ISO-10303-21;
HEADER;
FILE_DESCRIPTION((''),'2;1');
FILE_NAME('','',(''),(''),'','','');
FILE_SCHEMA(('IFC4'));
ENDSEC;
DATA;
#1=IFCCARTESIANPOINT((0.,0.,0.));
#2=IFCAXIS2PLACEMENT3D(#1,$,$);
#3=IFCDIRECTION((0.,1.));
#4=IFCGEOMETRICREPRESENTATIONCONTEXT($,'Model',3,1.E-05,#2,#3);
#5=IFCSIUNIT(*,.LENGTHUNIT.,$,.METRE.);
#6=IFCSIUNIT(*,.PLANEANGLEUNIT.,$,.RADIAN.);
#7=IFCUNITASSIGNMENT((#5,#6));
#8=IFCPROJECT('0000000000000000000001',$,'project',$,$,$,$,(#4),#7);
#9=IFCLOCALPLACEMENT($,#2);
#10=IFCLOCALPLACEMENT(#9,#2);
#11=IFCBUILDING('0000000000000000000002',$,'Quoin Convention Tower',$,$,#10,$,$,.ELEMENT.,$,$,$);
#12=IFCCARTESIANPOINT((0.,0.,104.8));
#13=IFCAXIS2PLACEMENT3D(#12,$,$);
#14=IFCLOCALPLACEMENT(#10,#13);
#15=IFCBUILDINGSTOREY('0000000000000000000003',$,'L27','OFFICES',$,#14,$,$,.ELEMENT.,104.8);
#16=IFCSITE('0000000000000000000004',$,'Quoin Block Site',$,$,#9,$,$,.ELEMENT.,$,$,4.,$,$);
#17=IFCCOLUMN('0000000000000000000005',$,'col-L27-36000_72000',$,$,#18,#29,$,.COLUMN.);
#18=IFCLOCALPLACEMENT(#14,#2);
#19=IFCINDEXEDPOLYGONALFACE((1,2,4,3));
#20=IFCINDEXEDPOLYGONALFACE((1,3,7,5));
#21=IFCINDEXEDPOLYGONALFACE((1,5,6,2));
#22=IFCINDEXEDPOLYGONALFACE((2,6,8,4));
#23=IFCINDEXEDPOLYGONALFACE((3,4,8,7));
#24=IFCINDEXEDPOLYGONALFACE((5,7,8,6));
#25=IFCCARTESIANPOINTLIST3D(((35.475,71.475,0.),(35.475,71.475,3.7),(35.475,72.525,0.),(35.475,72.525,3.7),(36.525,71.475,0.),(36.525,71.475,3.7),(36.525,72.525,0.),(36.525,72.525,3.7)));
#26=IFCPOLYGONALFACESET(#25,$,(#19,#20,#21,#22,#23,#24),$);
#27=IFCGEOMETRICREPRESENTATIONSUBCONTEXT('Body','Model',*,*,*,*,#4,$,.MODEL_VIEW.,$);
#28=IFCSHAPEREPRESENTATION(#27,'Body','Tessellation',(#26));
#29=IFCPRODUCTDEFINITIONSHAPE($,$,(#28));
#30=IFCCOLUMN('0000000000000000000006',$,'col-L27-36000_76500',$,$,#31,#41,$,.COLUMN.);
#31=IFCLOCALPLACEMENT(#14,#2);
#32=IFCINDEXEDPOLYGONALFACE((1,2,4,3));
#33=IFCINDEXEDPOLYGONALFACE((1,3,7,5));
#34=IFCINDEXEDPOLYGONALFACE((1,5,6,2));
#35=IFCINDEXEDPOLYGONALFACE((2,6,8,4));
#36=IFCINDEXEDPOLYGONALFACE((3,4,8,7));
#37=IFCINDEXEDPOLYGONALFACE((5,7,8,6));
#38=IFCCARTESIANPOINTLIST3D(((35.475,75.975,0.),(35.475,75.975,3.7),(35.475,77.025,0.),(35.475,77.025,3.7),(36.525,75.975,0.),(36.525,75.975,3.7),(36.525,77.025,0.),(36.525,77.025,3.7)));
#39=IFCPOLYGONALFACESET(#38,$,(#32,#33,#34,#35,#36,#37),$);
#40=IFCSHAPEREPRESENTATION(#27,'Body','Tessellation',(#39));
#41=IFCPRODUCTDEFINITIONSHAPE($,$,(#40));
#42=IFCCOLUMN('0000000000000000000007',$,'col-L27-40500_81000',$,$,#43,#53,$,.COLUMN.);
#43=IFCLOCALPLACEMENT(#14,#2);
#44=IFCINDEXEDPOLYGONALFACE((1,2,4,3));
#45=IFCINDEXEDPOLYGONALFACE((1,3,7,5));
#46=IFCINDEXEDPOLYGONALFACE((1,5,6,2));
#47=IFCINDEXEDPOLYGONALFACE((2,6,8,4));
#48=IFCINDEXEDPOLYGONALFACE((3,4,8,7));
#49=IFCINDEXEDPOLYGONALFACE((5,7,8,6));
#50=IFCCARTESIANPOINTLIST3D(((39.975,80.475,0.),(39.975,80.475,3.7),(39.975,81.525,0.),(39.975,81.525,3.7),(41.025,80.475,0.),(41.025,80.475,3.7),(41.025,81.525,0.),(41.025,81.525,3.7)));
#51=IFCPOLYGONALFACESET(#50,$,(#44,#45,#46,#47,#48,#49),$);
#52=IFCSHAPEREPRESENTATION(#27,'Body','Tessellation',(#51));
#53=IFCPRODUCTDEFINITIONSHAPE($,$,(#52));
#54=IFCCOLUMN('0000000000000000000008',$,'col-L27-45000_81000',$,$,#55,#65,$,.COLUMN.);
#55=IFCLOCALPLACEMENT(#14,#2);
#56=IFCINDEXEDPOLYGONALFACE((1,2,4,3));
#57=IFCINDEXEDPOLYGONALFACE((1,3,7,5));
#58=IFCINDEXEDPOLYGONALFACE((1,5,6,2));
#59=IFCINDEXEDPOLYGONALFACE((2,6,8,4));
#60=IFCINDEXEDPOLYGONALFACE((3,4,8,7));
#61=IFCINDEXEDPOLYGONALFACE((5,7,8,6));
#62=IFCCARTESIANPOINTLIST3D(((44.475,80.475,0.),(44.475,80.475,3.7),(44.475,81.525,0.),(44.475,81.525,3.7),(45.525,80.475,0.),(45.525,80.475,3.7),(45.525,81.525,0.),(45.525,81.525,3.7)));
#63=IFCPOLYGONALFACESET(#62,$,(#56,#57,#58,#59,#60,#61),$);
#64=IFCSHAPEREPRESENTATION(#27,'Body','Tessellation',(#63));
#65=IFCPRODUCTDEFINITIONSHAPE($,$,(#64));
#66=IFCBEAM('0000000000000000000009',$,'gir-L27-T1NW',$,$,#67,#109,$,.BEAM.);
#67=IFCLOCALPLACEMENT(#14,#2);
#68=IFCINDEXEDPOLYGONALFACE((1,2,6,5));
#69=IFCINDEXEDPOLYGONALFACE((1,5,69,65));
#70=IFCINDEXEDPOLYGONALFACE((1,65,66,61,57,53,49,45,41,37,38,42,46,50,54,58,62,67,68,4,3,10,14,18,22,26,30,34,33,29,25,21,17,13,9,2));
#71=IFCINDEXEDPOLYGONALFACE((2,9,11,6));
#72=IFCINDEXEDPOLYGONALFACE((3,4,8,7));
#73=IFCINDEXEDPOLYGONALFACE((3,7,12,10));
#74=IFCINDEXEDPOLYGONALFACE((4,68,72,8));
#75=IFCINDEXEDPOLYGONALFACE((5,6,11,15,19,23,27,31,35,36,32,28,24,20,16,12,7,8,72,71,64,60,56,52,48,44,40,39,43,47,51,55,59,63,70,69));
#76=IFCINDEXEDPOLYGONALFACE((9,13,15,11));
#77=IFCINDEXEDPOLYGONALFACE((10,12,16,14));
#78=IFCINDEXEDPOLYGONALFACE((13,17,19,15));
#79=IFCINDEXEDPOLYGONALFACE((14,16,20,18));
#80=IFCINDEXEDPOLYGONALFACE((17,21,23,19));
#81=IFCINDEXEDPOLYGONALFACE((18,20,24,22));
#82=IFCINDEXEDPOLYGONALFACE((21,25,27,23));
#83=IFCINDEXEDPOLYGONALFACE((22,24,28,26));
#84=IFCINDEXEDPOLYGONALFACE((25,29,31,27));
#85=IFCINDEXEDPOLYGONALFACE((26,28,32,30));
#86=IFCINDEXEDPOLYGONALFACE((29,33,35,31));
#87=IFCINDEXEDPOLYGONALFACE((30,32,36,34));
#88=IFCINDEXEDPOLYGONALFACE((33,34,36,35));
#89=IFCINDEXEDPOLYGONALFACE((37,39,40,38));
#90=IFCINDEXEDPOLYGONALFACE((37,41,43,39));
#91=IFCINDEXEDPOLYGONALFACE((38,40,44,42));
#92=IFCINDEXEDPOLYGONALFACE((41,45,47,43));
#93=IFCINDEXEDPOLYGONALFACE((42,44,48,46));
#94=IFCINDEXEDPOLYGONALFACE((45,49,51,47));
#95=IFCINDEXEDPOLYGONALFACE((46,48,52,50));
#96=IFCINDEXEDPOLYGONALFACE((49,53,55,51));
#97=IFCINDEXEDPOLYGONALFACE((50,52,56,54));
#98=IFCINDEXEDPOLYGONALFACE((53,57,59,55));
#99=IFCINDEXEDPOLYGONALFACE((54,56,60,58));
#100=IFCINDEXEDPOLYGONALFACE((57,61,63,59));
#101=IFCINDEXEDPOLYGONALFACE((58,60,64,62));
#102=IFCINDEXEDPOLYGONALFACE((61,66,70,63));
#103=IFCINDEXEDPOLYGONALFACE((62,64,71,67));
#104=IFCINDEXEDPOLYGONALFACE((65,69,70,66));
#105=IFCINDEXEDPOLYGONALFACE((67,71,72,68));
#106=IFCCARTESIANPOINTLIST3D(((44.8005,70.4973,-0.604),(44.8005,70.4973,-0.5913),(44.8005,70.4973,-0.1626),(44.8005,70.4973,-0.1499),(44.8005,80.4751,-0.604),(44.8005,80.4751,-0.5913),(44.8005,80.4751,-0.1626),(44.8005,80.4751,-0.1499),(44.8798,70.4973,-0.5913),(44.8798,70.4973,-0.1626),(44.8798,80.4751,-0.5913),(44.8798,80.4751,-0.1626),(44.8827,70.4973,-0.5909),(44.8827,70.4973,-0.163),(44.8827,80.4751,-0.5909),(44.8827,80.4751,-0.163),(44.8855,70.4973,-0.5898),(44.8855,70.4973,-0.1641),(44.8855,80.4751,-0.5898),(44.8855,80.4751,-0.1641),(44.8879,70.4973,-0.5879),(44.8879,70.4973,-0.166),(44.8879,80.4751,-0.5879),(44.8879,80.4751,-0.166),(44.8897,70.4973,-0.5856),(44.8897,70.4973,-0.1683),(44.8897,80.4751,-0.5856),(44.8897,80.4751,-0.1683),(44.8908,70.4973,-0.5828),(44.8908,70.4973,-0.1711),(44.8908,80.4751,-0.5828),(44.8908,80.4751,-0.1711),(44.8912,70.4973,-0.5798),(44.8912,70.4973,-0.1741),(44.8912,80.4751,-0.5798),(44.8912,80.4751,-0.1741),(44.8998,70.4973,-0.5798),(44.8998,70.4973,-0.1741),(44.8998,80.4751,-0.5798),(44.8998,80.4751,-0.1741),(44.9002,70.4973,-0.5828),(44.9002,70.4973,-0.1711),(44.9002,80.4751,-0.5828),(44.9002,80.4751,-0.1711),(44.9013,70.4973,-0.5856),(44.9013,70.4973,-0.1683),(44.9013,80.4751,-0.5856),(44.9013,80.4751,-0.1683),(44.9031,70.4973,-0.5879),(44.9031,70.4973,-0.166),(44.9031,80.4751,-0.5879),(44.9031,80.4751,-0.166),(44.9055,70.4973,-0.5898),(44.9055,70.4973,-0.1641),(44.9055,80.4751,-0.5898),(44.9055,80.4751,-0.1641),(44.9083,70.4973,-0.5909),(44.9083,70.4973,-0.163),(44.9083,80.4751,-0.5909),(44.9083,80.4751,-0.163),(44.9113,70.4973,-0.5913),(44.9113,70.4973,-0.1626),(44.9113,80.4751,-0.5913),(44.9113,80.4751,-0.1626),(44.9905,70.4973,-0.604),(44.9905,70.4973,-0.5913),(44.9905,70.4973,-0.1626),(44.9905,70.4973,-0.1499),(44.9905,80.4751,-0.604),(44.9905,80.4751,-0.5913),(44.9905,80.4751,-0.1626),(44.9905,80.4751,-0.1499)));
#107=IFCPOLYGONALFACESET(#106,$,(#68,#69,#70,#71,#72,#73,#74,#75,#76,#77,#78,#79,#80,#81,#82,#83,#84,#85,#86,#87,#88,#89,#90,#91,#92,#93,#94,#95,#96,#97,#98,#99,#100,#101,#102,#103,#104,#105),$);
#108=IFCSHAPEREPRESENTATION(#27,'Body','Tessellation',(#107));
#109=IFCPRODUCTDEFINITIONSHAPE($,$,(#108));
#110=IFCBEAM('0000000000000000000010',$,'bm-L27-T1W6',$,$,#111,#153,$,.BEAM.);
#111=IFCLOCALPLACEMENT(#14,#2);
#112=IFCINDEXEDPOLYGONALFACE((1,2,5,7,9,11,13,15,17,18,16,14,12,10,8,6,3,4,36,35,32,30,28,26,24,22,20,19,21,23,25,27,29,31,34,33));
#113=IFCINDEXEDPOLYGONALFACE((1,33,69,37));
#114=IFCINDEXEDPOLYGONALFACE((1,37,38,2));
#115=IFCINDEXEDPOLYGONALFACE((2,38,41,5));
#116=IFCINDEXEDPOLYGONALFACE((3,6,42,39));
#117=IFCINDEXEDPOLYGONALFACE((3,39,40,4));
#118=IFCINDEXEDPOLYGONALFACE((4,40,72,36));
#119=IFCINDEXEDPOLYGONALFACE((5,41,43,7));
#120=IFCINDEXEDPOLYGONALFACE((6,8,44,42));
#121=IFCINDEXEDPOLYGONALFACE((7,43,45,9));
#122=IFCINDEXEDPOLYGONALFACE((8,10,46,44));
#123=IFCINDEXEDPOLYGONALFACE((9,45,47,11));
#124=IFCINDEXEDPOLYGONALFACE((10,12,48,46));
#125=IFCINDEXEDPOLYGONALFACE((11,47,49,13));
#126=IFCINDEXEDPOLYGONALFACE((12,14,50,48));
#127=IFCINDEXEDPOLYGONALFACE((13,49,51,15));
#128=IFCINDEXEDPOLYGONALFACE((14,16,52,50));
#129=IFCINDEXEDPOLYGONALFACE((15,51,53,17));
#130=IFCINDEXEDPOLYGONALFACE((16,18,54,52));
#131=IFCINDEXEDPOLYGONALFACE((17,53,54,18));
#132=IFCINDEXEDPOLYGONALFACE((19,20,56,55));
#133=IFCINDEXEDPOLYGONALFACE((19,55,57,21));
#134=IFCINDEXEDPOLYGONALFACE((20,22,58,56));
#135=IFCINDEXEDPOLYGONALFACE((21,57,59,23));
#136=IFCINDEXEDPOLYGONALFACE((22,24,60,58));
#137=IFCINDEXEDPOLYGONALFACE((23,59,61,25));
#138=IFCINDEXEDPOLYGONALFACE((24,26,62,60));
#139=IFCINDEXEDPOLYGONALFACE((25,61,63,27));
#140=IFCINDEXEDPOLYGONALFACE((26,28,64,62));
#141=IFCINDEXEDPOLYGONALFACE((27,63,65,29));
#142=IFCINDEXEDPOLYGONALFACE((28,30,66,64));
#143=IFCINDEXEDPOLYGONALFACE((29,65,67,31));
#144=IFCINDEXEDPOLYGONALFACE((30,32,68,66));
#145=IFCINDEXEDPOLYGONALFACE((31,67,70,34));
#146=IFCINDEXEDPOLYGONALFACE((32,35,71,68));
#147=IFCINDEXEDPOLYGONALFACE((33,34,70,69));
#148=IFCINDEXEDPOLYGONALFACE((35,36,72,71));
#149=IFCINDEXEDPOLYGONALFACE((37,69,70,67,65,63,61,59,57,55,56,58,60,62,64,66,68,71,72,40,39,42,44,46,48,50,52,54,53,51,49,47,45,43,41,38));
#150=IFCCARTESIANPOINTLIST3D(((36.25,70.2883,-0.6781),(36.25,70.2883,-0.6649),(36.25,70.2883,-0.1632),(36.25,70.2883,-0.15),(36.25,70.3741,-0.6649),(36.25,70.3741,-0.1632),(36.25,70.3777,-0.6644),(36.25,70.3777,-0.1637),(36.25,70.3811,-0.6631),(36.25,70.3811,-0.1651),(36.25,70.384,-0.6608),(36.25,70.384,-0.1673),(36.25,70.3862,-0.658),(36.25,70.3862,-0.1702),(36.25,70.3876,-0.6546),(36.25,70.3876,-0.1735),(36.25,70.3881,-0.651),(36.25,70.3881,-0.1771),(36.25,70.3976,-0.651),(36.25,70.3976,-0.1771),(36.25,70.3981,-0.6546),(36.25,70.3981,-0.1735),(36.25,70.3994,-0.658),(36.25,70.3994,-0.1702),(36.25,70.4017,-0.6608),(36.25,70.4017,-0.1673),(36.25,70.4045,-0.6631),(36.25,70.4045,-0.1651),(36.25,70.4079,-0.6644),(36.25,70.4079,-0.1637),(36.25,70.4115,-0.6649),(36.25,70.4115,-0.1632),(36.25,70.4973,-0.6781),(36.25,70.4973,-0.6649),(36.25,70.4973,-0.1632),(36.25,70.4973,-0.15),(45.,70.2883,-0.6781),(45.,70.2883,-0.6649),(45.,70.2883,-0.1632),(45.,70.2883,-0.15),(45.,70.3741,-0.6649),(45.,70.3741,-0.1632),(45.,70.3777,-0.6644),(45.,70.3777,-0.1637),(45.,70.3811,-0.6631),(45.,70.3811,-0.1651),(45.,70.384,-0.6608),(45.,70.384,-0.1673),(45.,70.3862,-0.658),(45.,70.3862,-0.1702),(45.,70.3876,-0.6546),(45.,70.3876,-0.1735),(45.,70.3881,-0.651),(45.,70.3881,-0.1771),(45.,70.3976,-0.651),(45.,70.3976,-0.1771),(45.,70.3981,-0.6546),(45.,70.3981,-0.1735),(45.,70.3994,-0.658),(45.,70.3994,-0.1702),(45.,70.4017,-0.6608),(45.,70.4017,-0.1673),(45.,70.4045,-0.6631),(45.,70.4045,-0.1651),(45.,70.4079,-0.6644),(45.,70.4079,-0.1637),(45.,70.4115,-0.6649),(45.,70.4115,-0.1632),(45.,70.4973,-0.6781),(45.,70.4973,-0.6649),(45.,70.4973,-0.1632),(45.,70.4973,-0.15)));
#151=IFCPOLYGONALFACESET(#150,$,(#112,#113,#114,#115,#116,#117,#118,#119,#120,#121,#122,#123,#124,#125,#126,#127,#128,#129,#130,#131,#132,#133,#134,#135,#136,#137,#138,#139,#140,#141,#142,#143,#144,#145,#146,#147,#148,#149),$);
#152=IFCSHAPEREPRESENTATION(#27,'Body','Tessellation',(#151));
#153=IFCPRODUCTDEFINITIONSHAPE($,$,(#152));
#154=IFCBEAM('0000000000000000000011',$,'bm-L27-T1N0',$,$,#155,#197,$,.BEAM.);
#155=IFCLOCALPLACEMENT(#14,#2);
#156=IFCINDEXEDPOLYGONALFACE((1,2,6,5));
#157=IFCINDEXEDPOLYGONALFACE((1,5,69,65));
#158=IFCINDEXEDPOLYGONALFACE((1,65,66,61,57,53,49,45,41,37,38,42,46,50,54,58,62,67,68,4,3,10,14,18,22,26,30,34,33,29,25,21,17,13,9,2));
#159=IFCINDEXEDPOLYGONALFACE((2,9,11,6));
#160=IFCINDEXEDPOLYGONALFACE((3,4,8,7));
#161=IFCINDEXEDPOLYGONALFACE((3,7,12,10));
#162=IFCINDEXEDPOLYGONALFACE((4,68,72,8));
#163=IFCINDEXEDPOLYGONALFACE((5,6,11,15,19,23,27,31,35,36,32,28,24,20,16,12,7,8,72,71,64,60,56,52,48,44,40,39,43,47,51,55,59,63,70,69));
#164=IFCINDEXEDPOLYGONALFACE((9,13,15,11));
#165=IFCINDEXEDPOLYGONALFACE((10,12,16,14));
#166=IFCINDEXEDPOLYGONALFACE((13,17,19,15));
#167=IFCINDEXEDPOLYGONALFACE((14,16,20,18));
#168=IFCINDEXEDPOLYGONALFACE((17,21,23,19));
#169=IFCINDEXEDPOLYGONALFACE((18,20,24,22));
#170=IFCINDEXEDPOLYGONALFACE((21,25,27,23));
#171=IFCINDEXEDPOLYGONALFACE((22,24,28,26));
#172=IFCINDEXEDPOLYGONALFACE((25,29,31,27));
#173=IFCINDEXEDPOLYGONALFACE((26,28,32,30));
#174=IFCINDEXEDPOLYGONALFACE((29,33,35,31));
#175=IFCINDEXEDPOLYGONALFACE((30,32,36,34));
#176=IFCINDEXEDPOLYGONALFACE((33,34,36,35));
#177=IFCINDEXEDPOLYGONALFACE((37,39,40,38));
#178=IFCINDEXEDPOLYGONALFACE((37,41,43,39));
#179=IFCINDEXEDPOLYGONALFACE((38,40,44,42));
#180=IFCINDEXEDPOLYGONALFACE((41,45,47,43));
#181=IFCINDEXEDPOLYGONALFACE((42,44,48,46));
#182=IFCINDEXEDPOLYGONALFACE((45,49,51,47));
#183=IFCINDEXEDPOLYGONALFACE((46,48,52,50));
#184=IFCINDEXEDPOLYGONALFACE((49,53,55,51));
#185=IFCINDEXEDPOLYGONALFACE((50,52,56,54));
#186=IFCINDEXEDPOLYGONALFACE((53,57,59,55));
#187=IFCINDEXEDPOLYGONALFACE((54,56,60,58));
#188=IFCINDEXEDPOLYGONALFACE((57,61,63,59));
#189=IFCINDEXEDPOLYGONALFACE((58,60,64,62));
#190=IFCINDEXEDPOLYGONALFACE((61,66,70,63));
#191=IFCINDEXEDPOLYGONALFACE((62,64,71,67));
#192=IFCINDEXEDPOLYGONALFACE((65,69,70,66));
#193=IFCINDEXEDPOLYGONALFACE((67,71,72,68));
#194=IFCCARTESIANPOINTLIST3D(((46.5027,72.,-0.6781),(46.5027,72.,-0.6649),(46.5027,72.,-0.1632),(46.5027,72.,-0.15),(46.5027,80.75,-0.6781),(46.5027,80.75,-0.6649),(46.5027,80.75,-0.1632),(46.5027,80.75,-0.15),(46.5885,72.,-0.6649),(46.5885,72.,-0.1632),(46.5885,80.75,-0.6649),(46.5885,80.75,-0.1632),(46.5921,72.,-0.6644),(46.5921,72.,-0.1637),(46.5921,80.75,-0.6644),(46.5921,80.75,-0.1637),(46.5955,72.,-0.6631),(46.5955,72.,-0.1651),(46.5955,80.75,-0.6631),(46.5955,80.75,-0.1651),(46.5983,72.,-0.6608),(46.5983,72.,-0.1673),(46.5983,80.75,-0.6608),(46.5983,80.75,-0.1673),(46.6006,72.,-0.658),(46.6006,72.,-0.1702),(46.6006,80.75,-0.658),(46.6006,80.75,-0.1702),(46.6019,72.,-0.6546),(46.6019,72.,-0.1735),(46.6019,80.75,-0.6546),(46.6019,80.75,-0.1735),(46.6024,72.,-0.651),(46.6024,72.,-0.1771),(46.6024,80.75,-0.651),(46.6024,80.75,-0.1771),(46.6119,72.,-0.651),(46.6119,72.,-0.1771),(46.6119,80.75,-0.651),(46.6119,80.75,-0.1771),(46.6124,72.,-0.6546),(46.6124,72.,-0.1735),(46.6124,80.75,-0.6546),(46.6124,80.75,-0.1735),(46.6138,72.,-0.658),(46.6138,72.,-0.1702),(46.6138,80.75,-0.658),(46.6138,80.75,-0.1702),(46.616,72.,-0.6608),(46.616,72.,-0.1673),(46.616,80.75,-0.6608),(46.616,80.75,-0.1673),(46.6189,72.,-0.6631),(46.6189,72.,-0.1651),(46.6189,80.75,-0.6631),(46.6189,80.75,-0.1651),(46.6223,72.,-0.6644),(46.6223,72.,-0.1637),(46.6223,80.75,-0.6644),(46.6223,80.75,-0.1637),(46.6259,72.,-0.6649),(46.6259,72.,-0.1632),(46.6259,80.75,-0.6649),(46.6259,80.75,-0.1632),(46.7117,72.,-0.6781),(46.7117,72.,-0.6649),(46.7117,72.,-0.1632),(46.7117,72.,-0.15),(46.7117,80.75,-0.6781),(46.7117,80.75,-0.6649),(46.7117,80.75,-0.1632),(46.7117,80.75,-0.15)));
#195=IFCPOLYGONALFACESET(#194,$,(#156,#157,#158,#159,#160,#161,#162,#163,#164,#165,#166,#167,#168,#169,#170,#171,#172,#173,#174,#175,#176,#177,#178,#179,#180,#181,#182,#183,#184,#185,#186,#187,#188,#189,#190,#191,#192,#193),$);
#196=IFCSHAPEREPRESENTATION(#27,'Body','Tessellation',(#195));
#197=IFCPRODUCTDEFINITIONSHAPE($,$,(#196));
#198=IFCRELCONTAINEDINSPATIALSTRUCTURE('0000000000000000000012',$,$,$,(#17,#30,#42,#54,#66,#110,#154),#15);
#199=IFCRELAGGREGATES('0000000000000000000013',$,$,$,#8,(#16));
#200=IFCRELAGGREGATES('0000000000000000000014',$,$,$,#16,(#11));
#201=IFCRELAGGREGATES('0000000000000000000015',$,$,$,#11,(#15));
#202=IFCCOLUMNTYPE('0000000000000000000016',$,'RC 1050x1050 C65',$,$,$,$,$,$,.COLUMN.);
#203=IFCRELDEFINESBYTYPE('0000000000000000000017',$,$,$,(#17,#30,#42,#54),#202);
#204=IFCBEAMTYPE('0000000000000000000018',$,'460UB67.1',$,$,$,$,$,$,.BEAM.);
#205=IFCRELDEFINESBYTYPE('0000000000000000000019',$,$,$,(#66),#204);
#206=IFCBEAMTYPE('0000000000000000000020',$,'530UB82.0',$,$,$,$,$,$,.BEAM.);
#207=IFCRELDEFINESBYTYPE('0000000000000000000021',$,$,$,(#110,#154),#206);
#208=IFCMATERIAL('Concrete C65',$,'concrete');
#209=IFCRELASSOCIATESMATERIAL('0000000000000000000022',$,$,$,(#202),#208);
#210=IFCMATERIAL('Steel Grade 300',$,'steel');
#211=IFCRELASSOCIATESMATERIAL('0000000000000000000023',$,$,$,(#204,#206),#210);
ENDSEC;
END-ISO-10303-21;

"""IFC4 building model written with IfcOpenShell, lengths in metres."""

from ifc_helpers import new_model, si_unit, direction, frame, origin, origin_2d, place, context, subcontext, project, spatial, rectangle, i_section, extrude, material, material_profile, profile_set, type_object, element, save


model = new_model("IFC4")

# Units and contexts
model_context = context("Model", 3, precision=1e-05, world=origin(), true_north=direction((0.0, 1.0)))
body_context = subcontext(model_context, "Body", "Model", "MODEL_VIEW")
ifc_project = project(units=[si_unit("LENGTHUNIT", "METRE"), si_unit("PLANEANGLEUNIT", "RADIAN")], contexts=[model_context])

# Site, building, storey
site_placement = place(None, origin())
site = spatial("IfcSite", under=ifc_project, at=site_placement, Name="Quoin Block Site", CompositionType="ELEMENT", RefElevation=4.0)
building_placement = place(site_placement, origin())
building = spatial("IfcBuilding", under=site, at=building_placement, Name="Quoin Convention Tower", CompositionType="ELEMENT")
storey_placement = place(building_placement, frame((0.0, 0.0, 104.8)))
storey = spatial("IfcBuildingStorey", under=building, at=storey_placement, Name="L27", Description="OFFICES", CompositionType="ELEMENT", Elevation=104.8)

# Columns
ifc_material_1 = material(Name="Concrete C65", Category="concrete")
ifc_material_profile_1 = material_profile(ifc_material_1, rectangle(XDim=1.05, YDim=1.05, at=origin_2d()), Name="RC 1050x1050")
ifc_profile_set_1 = profile_set([ifc_material_profile_1], Name="Concrete C65")
column_type = type_object("IfcColumnType", Name="RC 1050x1050 C65", PredefinedType="COLUMN", material=ifc_profile_set_1)
for number, where, z_axis, x_axis, name in (
    (1, (36.0, 72.0, 0.0), (0.0, 0.0, 1.0), (1.0, 0.0, 0.0), "col-L27-36000_72000"),
    (2, (36.0, 76.5, 0.0), (0.0, 0.0, 1.0), (1.0, 0.0, 0.0), "col-L27-36000_76500"),
    (3, (40.5, 81.0, 0.0), (0.0, 0.0, 1.0), (1.0, 0.0, 0.0), "col-L27-40500_81000"),
    (4, (45.0, 81.0, 0.0), (0.0, 0.0, 1.0), (1.0, 0.0, 0.0), "col-L27-45000_81000"),
):
    element("IfcColumn", number, at=place(storey_placement, frame(where, z_axis=z_axis, x_axis=x_axis)), inside=storey, type_object=column_type, Name=name, PredefinedType="COLUMN", context=body_context, shape_type="SweptSolid", body=[
        extrude(rectangle(XDim=1.05, YDim=1.05, at=origin_2d()), origin(), (0.0, 0.0, 1.0), 3.7),
    ])

# Beams
ifc_material_2 = material(Name="Steel Grade 300", Category="steel")
ifc_material_profile_2 = material_profile(ifc_material_2, i_section(OverallWidth=0.1899, OverallDepth=0.4541, WebThickness=0.0085, FlangeThickness=0.0127, FilletRadius=0.0115, at=origin_2d()), Name="460UB67.1")
ifc_profile_set_2 = profile_set([ifc_material_profile_2], Name="Steel Grade 300")
beam_type_1 = type_object("IfcBeamType", Name="460UB67.1", PredefinedType="BEAM", material=ifc_profile_set_2)
beam_1_placement = place(storey_placement, frame((44.8955, 80.4751, -0.377), z_axis=(0.0, -1.0, 0.0), x_axis=(1.0, 0.0, 0.0)))
element("IfcBeam", 5, at=beam_1_placement, inside=storey, type_object=beam_type_1, Name="gir-L27-T1NW", PredefinedType="BEAM", context=body_context, shape_type="SweptSolid", body=[
    extrude(i_section(OverallWidth=0.1899, OverallDepth=0.4541, WebThickness=0.0085, FlangeThickness=0.0127, FilletRadius=0.0115, at=origin_2d()), origin(), (0.0, 0.0, 1.0), 9.9778),
])
ifc_material_profile_3 = material_profile(ifc_material_2, i_section(OverallWidth=0.209, OverallDepth=0.5281, WebThickness=0.0095, FlangeThickness=0.0132, FilletRadius=0.0139, at=origin_2d()), Name="530UB82.0")
ifc_profile_set_3 = profile_set([ifc_material_profile_3], Name="Steel Grade 300")
beam_type_2 = type_object("IfcBeamType", Name="530UB82.0", PredefinedType="BEAM", material=ifc_profile_set_3)
for number, where, z_axis, x_axis, name in (
    (6, (36.25, 70.3928, -0.4141), (1.0, 0.0, 0.0), (0.0, 1.0, 0.0), "bm-L27-T1W6"),
    (7, (46.6072, 72.0, -0.4141), (0.0, 1.0, 0.0), (-1.0, 0.0, 0.0), "bm-L27-T1N0"),
):
    element("IfcBeam", number, at=place(storey_placement, frame(where, z_axis=z_axis, x_axis=x_axis)), inside=storey, type_object=beam_type_2, Name=name, PredefinedType="BEAM", context=body_context, shape_type="SweptSolid", body=[
        extrude(i_section(OverallWidth=0.209, OverallDepth=0.5281, WebThickness=0.0095, FlangeThickness=0.0132, FilletRadius=0.0139, at=origin_2d()), origin(), (0.0, 0.0, 1.0), 8.75),
    ])

save(model, "model.ifc")
